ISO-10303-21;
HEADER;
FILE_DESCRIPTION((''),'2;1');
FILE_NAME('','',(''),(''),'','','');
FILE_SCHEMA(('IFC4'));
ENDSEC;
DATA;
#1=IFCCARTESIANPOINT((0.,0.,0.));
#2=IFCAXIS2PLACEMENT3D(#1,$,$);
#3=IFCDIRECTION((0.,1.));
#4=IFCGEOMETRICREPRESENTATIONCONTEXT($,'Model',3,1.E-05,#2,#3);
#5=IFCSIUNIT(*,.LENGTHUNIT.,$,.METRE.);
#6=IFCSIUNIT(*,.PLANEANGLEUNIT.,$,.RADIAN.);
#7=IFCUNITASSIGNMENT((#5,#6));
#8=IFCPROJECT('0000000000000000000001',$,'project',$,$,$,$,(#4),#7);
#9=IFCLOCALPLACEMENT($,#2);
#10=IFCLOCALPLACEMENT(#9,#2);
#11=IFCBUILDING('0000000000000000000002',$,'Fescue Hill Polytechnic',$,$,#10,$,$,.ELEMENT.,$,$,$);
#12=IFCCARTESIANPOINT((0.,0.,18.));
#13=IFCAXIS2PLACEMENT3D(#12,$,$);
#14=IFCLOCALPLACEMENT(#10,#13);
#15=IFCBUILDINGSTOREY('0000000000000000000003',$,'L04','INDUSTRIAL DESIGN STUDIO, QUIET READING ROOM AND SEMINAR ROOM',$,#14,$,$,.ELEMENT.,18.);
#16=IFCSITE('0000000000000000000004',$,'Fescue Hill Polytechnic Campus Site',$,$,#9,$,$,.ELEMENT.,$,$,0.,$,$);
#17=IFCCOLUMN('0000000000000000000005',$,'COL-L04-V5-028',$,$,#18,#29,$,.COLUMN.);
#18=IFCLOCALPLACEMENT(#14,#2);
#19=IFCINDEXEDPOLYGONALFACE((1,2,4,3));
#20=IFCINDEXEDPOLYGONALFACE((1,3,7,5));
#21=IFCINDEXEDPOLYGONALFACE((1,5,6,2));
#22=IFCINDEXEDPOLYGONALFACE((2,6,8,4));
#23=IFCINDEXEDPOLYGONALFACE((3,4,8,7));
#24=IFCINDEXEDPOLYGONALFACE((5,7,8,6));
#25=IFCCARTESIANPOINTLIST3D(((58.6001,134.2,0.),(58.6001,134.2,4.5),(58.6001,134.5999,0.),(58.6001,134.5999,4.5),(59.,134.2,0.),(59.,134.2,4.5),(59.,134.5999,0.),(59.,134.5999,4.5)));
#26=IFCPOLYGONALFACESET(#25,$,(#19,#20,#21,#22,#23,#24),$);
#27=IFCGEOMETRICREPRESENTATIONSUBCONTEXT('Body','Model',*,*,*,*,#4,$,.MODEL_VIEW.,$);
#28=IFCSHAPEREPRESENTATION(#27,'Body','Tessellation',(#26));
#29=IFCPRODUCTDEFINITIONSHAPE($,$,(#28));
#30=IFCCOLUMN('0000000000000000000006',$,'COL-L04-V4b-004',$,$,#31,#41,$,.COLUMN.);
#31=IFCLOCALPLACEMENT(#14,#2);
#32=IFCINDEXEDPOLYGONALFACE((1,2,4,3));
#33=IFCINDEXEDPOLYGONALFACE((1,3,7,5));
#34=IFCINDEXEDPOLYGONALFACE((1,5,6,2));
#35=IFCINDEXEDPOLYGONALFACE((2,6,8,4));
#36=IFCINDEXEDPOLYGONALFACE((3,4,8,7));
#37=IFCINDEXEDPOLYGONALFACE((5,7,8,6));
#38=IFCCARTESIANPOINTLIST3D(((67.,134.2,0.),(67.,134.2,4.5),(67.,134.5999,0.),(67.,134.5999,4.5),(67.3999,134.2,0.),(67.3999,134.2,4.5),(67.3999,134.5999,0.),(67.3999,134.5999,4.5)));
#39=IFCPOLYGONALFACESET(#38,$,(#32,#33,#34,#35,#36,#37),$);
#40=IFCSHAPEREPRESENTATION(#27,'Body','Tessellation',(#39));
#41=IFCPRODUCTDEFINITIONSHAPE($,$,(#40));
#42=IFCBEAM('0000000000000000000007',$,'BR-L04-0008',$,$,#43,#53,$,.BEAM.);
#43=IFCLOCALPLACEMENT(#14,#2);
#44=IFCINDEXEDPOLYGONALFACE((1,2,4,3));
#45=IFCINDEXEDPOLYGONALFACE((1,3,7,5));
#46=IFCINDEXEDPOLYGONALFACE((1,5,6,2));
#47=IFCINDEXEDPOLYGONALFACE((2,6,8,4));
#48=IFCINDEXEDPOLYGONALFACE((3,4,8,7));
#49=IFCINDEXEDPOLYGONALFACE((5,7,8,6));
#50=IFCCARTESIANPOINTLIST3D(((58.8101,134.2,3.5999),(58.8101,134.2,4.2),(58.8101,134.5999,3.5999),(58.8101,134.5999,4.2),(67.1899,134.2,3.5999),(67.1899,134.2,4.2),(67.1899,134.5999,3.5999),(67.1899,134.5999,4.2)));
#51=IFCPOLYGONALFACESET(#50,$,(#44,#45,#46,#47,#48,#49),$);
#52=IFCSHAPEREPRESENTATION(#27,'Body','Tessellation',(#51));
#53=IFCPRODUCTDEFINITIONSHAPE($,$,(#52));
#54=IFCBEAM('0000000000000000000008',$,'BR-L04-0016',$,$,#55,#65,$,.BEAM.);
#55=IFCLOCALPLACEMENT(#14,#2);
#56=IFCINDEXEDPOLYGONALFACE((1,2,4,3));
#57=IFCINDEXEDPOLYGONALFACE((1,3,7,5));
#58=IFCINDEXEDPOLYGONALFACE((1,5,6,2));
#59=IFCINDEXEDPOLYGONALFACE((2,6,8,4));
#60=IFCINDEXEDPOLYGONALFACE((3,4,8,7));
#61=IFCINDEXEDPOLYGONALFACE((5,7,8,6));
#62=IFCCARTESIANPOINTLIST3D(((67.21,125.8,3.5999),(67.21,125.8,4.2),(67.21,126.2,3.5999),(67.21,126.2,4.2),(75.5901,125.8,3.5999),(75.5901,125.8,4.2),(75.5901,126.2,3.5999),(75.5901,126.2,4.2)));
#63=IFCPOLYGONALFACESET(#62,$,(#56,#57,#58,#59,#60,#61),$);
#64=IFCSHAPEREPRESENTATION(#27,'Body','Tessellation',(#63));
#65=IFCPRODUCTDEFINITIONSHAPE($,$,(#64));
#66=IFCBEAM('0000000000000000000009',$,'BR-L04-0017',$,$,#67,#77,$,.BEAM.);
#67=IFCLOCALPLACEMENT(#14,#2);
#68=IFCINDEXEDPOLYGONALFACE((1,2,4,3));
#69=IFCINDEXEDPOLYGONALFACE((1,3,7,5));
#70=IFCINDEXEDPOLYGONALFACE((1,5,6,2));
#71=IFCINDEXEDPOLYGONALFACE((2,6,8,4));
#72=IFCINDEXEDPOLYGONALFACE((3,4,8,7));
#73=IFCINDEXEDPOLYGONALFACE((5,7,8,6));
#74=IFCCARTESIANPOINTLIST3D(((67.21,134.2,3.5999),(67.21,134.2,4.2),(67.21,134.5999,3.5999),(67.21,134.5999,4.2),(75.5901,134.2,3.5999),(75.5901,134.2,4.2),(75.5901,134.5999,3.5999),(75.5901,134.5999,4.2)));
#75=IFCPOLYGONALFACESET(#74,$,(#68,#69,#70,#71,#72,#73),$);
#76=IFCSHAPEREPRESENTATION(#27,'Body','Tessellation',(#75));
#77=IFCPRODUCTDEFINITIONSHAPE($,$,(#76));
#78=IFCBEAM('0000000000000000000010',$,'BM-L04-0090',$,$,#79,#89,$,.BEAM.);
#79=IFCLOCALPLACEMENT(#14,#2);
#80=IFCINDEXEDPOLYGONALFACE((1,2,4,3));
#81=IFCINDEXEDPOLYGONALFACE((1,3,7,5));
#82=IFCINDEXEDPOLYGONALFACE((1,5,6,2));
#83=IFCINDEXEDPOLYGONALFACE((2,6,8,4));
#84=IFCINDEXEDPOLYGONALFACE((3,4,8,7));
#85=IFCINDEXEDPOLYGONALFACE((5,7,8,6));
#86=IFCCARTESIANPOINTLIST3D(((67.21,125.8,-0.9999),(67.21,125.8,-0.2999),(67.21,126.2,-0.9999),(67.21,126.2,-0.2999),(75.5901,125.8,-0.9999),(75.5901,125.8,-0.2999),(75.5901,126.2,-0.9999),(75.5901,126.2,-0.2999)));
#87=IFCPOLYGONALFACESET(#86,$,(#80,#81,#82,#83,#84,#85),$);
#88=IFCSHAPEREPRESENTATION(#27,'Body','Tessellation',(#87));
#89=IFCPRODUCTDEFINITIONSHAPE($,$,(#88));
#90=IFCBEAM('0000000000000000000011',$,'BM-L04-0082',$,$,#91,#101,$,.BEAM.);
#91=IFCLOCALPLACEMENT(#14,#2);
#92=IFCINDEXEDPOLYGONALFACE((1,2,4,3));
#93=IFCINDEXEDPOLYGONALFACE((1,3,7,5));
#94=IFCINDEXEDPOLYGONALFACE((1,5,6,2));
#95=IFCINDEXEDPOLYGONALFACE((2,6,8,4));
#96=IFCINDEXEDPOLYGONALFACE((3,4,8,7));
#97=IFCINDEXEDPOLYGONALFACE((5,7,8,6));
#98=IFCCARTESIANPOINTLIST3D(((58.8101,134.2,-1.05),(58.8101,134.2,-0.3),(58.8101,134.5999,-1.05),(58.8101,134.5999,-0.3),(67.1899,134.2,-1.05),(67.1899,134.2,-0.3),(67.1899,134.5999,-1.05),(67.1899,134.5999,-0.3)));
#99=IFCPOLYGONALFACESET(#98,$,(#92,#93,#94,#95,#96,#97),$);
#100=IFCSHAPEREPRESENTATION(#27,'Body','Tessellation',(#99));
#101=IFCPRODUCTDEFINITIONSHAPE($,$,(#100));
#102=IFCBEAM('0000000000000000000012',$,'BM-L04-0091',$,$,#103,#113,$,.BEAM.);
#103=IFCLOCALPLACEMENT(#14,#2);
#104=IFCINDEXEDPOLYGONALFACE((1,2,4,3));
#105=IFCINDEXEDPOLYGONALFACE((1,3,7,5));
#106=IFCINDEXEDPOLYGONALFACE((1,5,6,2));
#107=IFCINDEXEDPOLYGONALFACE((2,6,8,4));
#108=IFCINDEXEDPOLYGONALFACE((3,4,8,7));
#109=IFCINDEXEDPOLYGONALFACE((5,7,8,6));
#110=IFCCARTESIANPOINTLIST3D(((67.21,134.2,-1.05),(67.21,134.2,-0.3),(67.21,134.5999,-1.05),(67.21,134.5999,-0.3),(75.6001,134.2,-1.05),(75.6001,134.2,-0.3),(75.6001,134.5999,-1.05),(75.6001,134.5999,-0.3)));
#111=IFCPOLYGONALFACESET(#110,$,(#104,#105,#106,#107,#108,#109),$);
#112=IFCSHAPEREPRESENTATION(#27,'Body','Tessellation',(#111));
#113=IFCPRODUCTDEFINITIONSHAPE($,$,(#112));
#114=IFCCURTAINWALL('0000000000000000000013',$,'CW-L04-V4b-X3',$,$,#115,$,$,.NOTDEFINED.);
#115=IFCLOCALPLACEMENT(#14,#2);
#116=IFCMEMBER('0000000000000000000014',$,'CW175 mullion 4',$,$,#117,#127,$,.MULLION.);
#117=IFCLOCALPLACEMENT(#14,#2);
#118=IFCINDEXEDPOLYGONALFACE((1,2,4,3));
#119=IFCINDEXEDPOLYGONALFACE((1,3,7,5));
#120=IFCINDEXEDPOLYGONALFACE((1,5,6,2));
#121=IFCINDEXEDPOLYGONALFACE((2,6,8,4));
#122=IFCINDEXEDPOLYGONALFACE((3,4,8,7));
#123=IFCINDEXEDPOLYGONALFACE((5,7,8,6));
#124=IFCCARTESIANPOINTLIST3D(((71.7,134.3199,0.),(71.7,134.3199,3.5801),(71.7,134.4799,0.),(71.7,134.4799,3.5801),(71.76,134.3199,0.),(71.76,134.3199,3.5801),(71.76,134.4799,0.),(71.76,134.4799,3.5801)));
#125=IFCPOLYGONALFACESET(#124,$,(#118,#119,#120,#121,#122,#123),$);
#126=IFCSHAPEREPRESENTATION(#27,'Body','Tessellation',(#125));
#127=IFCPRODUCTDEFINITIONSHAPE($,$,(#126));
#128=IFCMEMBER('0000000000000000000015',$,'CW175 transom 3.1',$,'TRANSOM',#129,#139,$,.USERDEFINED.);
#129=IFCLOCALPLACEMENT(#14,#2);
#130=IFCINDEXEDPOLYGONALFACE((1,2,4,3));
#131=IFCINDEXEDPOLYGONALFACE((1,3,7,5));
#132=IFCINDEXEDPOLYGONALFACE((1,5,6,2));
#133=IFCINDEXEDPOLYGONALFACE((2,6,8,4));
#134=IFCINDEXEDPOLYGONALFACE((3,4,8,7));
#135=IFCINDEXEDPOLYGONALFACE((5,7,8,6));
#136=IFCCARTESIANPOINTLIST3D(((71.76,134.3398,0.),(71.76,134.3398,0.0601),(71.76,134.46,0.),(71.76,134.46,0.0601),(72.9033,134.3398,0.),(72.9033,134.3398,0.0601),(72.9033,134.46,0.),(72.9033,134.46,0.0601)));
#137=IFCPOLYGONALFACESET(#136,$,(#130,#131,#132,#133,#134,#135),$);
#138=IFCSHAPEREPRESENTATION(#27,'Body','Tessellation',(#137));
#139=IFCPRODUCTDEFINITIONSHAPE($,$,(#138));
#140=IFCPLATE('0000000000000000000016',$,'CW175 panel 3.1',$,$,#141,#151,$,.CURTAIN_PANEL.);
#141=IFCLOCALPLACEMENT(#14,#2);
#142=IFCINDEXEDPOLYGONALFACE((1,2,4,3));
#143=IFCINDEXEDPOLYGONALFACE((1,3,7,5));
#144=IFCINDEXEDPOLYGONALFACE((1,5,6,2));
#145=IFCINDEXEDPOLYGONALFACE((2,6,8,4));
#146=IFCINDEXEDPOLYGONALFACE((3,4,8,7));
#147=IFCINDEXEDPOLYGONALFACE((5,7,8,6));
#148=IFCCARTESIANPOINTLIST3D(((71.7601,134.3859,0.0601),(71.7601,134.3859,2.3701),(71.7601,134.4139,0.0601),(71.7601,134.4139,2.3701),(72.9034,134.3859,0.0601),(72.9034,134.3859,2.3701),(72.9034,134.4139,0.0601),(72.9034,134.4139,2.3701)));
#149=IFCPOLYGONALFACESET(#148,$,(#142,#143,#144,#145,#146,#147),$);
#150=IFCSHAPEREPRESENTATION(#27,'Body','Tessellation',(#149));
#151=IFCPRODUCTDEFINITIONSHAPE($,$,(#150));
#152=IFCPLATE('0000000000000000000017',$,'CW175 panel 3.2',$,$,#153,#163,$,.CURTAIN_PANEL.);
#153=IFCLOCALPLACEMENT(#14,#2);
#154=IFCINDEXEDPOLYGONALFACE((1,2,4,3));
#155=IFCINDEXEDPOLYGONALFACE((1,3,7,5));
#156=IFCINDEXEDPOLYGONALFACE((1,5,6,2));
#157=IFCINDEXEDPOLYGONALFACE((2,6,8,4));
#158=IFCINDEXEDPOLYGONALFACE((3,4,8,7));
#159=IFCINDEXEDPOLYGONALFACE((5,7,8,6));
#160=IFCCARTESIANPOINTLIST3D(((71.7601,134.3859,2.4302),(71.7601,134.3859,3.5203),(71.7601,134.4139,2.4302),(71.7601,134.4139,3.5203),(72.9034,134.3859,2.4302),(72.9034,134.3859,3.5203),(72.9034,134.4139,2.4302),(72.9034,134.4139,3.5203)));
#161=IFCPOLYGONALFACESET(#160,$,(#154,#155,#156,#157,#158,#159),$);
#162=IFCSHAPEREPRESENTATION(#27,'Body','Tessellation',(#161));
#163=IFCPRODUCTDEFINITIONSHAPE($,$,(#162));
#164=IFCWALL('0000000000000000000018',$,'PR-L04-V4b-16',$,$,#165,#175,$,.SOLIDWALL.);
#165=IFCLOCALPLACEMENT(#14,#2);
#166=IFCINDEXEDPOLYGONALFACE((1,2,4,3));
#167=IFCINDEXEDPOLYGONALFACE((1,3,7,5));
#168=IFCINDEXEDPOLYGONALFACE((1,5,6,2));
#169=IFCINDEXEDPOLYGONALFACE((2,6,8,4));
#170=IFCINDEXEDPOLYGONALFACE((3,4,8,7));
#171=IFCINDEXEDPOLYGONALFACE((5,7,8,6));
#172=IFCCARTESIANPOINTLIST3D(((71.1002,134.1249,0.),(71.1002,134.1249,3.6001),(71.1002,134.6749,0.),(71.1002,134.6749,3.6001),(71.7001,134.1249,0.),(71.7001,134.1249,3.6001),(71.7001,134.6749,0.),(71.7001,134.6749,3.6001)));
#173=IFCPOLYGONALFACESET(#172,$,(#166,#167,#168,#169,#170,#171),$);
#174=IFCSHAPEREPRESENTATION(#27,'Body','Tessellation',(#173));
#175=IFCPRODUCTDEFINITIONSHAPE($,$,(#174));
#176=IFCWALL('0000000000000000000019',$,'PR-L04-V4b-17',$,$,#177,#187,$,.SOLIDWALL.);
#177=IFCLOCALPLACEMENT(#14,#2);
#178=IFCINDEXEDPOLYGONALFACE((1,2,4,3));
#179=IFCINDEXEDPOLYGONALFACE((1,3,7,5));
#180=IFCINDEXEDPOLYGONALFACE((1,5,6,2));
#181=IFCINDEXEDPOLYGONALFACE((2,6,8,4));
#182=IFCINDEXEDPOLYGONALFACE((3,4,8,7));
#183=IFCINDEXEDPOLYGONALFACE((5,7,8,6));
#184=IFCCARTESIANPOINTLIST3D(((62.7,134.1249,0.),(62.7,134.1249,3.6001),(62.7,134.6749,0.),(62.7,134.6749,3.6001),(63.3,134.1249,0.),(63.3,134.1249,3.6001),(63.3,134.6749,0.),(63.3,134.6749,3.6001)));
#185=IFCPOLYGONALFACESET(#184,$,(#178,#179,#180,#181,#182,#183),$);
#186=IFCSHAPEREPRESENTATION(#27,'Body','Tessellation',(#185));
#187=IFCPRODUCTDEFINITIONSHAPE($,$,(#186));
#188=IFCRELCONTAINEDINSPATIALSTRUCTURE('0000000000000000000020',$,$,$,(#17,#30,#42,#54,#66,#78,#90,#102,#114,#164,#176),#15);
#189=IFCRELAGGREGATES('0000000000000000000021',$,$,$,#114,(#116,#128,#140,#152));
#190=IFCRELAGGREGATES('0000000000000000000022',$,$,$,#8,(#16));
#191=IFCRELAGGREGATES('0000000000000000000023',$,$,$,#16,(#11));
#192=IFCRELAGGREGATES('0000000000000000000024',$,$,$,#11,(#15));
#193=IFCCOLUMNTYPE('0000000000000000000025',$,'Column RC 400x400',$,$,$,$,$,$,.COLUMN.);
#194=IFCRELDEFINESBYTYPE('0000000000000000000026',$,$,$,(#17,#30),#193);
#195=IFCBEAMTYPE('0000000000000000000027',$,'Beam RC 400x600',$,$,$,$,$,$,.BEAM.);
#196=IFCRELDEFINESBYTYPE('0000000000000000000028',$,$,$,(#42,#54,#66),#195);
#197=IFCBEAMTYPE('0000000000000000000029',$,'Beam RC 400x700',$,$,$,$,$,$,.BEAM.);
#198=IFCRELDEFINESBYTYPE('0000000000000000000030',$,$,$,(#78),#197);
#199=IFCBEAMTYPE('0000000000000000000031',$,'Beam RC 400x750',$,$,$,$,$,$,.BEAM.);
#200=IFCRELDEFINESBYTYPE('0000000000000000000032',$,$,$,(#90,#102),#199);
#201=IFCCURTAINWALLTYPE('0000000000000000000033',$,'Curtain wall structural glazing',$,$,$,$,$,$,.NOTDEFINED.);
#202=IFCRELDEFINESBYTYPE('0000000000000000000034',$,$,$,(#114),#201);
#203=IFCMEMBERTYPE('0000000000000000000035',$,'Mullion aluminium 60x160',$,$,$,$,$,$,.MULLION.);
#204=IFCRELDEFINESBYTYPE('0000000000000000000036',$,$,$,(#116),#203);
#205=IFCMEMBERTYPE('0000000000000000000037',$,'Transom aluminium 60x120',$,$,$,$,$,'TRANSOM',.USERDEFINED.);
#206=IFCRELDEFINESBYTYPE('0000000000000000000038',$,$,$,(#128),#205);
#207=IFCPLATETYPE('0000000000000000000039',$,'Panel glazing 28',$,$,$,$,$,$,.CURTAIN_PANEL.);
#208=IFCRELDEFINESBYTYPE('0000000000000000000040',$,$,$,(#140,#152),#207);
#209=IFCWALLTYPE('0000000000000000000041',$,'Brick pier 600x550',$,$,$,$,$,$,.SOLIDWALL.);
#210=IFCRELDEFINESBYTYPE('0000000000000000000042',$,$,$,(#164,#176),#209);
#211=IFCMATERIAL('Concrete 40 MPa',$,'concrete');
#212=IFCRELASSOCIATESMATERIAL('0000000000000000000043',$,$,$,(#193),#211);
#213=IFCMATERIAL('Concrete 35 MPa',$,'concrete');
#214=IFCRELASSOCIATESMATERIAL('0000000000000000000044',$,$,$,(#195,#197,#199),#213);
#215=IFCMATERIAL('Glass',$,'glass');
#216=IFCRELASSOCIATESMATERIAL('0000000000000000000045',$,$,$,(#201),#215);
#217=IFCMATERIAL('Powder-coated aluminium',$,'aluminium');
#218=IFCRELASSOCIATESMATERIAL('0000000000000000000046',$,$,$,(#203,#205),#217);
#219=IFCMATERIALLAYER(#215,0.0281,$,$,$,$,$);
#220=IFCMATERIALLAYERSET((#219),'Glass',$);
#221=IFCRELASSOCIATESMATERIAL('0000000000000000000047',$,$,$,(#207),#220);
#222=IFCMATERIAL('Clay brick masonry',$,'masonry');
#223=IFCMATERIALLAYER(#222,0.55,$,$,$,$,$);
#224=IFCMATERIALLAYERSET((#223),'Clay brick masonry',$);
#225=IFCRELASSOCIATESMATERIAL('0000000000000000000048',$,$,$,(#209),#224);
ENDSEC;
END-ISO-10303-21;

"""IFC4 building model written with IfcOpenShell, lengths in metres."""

from ifc_helpers import new_model, si_unit, direction, frame, frame_2d, origin, origin_2d, place, context, subcontext, project, spatial, rectangle, extrude, material, layer, layer_set, material_profile, profile_set, type_object, element, aggregate, save


model = new_model("IFC4")

# Units and contexts
model_context = context("Model", 3, precision=1e-05, world=origin(), true_north=direction((0.0, 1.0)))
body_context = subcontext(model_context, "Body", "Model", "MODEL_VIEW")
ifc_project = project(units=[si_unit("LENGTHUNIT", "METRE"), si_unit("PLANEANGLEUNIT", "RADIAN")], contexts=[model_context])

# Site, building, storey
site_placement = place(None, origin())
site = spatial("IfcSite", under=ifc_project, at=site_placement, Name="Fescue Hill Polytechnic Campus Site", CompositionType="ELEMENT", RefElevation=0.0)
building_placement = place(site_placement, origin())
building = spatial("IfcBuilding", under=site, at=building_placement, Name="Fescue Hill Polytechnic", CompositionType="ELEMENT")
storey_placement = place(building_placement, frame((0.0, 0.0, 18.0)))
storey = spatial("IfcBuildingStorey", under=building, at=storey_placement, Name="L04", Description="INDUSTRIAL DESIGN STUDIO, QUIET READING ROOM AND SEMINAR ROOM", CompositionType="ELEMENT", Elevation=18.0)

# Columns
ifc_material_1 = material(Name="Concrete 40 MPa", Category="concrete")
ifc_material_profile_1 = material_profile(ifc_material_1, rectangle(XDim=0.3999, YDim=0.3999, at=origin_2d()), Name="RC 400x400")
ifc_profile_set_1 = profile_set([ifc_material_profile_1], Name="Concrete 40 MPa")
column_type = type_object("IfcColumnType", Name="Column RC 400x400", PredefinedType="COLUMN", material=ifc_profile_set_1)
for number, where, z_axis, x_axis, name in (
    (1, (58.8, 134.3999, 0.0), (0.0, 0.0, 1.0), (1.0, 0.0, 0.0), "COL-L04-V5-028"),
    (2, (67.2, 134.3999, 0.0), (0.0, 0.0, 1.0), (1.0, 0.0, 0.0), "COL-L04-V4b-004"),
):
    element("IfcColumn", number, at=place(storey_placement, frame(where, z_axis=z_axis, x_axis=x_axis)), inside=storey, type_object=column_type, Name=name, PredefinedType="COLUMN", context=body_context, shape_type="SweptSolid", body=[
        extrude(rectangle(XDim=0.3999, YDim=0.3999, at=origin_2d()), origin(), (0.0, 0.0, 1.0), 4.5),
    ])

# Beams
ifc_material_2 = material(Name="Concrete 35 MPa", Category="concrete")
ifc_material_profile_2 = material_profile(ifc_material_2, rectangle(XDim=0.3999, YDim=0.6001, at=origin_2d()), Name="RC 400x600")
ifc_profile_set_2 = profile_set([ifc_material_profile_2], Name="Concrete 35 MPa")
beam_type_1 = type_object("IfcBeamType", Name="Beam RC 400x600", PredefinedType="BEAM", material=ifc_profile_set_2)
beam_1_placement = place(storey_placement, frame((58.8101, 134.3999, 3.8999), z_axis=(1.0, 0.0, 0.0), x_axis=(0.0, 1.0, 0.0)))
element("IfcBeam", 3, at=beam_1_placement, inside=storey, type_object=beam_type_1, Name="BR-L04-0008", PredefinedType="BEAM", context=body_context, shape_type="SweptSolid", body=[
    extrude(rectangle(XDim=0.3999, YDim=0.6001, at=origin_2d()), origin(), (0.0, 0.0, 1.0), 8.3799),
])
for number, where, z_axis, x_axis, name in (
    (4, (67.21, 126.0, 3.8999), (1.0, 0.0, 0.0), (0.0, 1.0, 0.0), "BR-L04-0016"),
    (5, (67.21, 134.3999, 3.8999), (1.0, 0.0, 0.0), (0.0, 1.0, 0.0), "BR-L04-0017"),
):
    element("IfcBeam", number, at=place(storey_placement, frame(where, z_axis=z_axis, x_axis=x_axis)), inside=storey, type_object=beam_type_1, Name=name, PredefinedType="BEAM", context=body_context, shape_type="SweptSolid", body=[
        extrude(rectangle(XDim=0.3999, YDim=0.6001, at=origin_2d()), origin(), (0.0, 0.0, 1.0), 8.3801),
    ])
ifc_material_profile_3 = material_profile(ifc_material_2, rectangle(XDim=0.3999, YDim=0.7, at=origin_2d()), Name="RC 400x700")
ifc_profile_set_3 = profile_set([ifc_material_profile_3], Name="Concrete 35 MPa")
beam_type_2 = type_object("IfcBeamType", Name="Beam RC 400x700", PredefinedType="BEAM", material=ifc_profile_set_3)
beam_2_placement = place(storey_placement, frame((67.21, 126.0, -0.6499), z_axis=(1.0, 0.0, 0.0), x_axis=(0.0, 1.0, 0.0)))
element("IfcBeam", 6, at=beam_2_placement, inside=storey, type_object=beam_type_2, Name="BM-L04-0090", PredefinedType="BEAM", context=body_context, shape_type="SweptSolid", body=[
    extrude(rectangle(XDim=0.3999, YDim=0.7, at=origin_2d()), origin(), (0.0, 0.0, 1.0), 8.3801),
])
ifc_material_profile_4 = material_profile(ifc_material_2, rectangle(XDim=0.3999, YDim=0.75, at=origin_2d()), Name="RC 400x750")
ifc_profile_set_4 = profile_set([ifc_material_profile_4], Name="Concrete 35 MPa")
beam_type_3 = type_object("IfcBeamType", Name="Beam RC 400x750", PredefinedType="BEAM", material=ifc_profile_set_4)
beam_3_placement = place(storey_placement, frame((58.8101, 134.3999, -0.675), z_axis=(1.0, 0.0, 0.0), x_axis=(0.0, 1.0, 0.0)))
element("IfcBeam", 7, at=beam_3_placement, inside=storey, type_object=beam_type_3, Name="BM-L04-0082", PredefinedType="BEAM", context=body_context, shape_type="SweptSolid", body=[
    extrude(rectangle(XDim=0.3999, YDim=0.75, at=origin_2d()), origin(), (0.0, 0.0, 1.0), 8.3799),
])
beam_4_placement = place(storey_placement, frame((67.21, 134.3999, -0.675), z_axis=(1.0, 0.0, 0.0), x_axis=(0.0, 1.0, 0.0)))
element("IfcBeam", 8, at=beam_4_placement, inside=storey, type_object=beam_type_3, Name="BM-L04-0091", PredefinedType="BEAM", context=body_context, shape_type="SweptSolid", body=[
    extrude(rectangle(XDim=0.3999, YDim=0.75, at=origin_2d()), origin(), (0.0, 0.0, 1.0), 8.3901),
])

# Curtain wall, members, plates
ifc_material_3 = material(Name="Glass", Category="glass")
curtain_wall_type = type_object("IfcCurtainWallType", Name="Curtain wall structural glazing", PredefinedType="NOTDEFINED", material=ifc_material_3)
curtain_wall_placement = place(storey_placement, origin())
curtain_wall = element("IfcCurtainWall", 9, at=curtain_wall_placement, inside=storey, type_object=curtain_wall_type, Name="CW-L04-V4b-X3", PredefinedType="NOTDEFINED")
ifc_material_4 = material(Name="Powder-coated aluminium", Category="aluminium")
ifc_material_profile_5 = material_profile(ifc_material_4, rectangle(XDim=0.1599, YDim=0.0601, at=origin_2d()), Name="Mullion aluminium 60x160")
ifc_profile_set_5 = profile_set([ifc_material_profile_5], Name="Powder-coated aluminium")
member_type_1 = type_object("IfcMemberType", Name="Mullion aluminium 60x160", PredefinedType="MULLION", material=ifc_profile_set_5)
member_1_placement = place(storey_placement, frame((71.73, 134.3999, 0.0), z_axis=(0.0, 0.0, 1.0), x_axis=(0.0, -1.0, 0.0)))
member_1 = element("IfcMember", 10, at=member_1_placement, type_object=member_type_1, Name="CW175 mullion 4", PredefinedType="MULLION", context=body_context, shape_type="SweptSolid", body=[
    extrude(rectangle(XDim=0.1599, YDim=0.0601, at=origin_2d()), origin(), (0.0, 0.0, 1.0), 3.5801),
])
ifc_material_profile_6 = material_profile(ifc_material_4, rectangle(XDim=0.1201, YDim=0.0601, at=origin_2d()), Name="Transom aluminium 60x120")
ifc_profile_set_6 = profile_set([ifc_material_profile_6], Name="Powder-coated aluminium")
member_type_2 = type_object("IfcMemberType", Name="Transom aluminium 60x120", ElementType="TRANSOM", PredefinedType="USERDEFINED", material=ifc_profile_set_6)
member_2_placement = place(storey_placement, frame((72.9033, 134.3999, 0.03), z_axis=(-1.0, 0.0, 0.0), x_axis=(0.0, -1.0, 0.0)))
member_2 = element("IfcMember", 11, at=member_2_placement, type_object=member_type_2, Name="CW175 transom 3.1", ObjectType="TRANSOM", PredefinedType="USERDEFINED", context=body_context, shape_type="SweptSolid", body=[
    extrude(rectangle(XDim=0.1201, YDim=0.0601, at=origin_2d()), origin(), (0.0, 0.0, 1.0), 1.1433),
])
ifc_layer_1 = layer(ifc_material_3, 0.0281)
ifc_layer_set_1 = layer_set([ifc_layer_1], Name="Glass")
plate_type = type_object("IfcPlateType", Name="Panel glazing 28", PredefinedType="CURTAIN_PANEL", material=ifc_layer_set_1)
plate_1_placement = place(storey_placement, frame((72.3318, 134.3999, 0.0601), z_axis=(0.0, 0.0, 1.0), x_axis=(-1.0, 0.0, 0.0)))
plate_1 = element("IfcPlate", 12, at=plate_1_placement, type_object=plate_type, Name="CW175 panel 3.1", PredefinedType="CURTAIN_PANEL", context=body_context, shape_type="SweptSolid", body=[
    extrude(rectangle(XDim=1.1433, YDim=0.0281, at=origin_2d()), origin(), (0.0, 0.0, 1.0), 2.3101),
])
plate_2_placement = place(storey_placement, frame((72.3318, 134.3999, 2.4302), z_axis=(0.0, 0.0, 1.0), x_axis=(-1.0, 0.0, 0.0)))
plate_2 = element("IfcPlate", 13, at=plate_2_placement, type_object=plate_type, Name="CW175 panel 3.2", PredefinedType="CURTAIN_PANEL", context=body_context, shape_type="SweptSolid", body=[
    extrude(rectangle(XDim=1.1433, YDim=0.0281, at=origin_2d()), origin(), (0.0, 0.0, 1.0), 1.0901),
])
aggregate(curtain_wall, [member_1, member_2, plate_1, plate_2])

# Walls
ifc_material_5 = material(Name="Clay brick masonry", Category="masonry")
ifc_layer_2 = layer(ifc_material_5, 0.55)
ifc_layer_set_2 = layer_set([ifc_layer_2], Name="Clay brick masonry")
wall_type_1 = type_object("IfcWallType", Name="Brick pier 600x550", PredefinedType="SOLIDWALL", material=ifc_layer_set_2)
wall_1_placement = place(storey_placement, frame((71.7, 134.3999, 0.0), z_axis=(0.0, 0.0, 1.0), x_axis=(-1.0, 0.0, 0.0)))
element("IfcWall", 14, at=wall_1_placement, inside=storey, type_object=wall_type_1, Name="PR-L04-V4b-16", PredefinedType="SOLIDWALL", context=body_context, shape_type="SweptSolid", body=[
    extrude(rectangle(XDim=0.5999, YDim=0.55, at=frame_2d((0.2998, 0.0))), origin(), (0.0, 0.0, 1.0), 3.6001),
])
wall_2_placement = place(storey_placement, frame((63.3, 134.3999, 0.0), z_axis=(0.0, 0.0, 1.0), x_axis=(-1.0, 0.0, 0.0)))
element("IfcWall", 15, at=wall_2_placement, inside=storey, type_object=wall_type_1, Name="PR-L04-V4b-17", PredefinedType="SOLIDWALL", context=body_context, shape_type="SweptSolid", body=[
    extrude(rectangle(XDim=0.6001, YDim=0.55, at=frame_2d((0.3, 0.0))), origin(), (0.0, 0.0, 1.0), 3.6001),
])

save(model, "model.ifc")
